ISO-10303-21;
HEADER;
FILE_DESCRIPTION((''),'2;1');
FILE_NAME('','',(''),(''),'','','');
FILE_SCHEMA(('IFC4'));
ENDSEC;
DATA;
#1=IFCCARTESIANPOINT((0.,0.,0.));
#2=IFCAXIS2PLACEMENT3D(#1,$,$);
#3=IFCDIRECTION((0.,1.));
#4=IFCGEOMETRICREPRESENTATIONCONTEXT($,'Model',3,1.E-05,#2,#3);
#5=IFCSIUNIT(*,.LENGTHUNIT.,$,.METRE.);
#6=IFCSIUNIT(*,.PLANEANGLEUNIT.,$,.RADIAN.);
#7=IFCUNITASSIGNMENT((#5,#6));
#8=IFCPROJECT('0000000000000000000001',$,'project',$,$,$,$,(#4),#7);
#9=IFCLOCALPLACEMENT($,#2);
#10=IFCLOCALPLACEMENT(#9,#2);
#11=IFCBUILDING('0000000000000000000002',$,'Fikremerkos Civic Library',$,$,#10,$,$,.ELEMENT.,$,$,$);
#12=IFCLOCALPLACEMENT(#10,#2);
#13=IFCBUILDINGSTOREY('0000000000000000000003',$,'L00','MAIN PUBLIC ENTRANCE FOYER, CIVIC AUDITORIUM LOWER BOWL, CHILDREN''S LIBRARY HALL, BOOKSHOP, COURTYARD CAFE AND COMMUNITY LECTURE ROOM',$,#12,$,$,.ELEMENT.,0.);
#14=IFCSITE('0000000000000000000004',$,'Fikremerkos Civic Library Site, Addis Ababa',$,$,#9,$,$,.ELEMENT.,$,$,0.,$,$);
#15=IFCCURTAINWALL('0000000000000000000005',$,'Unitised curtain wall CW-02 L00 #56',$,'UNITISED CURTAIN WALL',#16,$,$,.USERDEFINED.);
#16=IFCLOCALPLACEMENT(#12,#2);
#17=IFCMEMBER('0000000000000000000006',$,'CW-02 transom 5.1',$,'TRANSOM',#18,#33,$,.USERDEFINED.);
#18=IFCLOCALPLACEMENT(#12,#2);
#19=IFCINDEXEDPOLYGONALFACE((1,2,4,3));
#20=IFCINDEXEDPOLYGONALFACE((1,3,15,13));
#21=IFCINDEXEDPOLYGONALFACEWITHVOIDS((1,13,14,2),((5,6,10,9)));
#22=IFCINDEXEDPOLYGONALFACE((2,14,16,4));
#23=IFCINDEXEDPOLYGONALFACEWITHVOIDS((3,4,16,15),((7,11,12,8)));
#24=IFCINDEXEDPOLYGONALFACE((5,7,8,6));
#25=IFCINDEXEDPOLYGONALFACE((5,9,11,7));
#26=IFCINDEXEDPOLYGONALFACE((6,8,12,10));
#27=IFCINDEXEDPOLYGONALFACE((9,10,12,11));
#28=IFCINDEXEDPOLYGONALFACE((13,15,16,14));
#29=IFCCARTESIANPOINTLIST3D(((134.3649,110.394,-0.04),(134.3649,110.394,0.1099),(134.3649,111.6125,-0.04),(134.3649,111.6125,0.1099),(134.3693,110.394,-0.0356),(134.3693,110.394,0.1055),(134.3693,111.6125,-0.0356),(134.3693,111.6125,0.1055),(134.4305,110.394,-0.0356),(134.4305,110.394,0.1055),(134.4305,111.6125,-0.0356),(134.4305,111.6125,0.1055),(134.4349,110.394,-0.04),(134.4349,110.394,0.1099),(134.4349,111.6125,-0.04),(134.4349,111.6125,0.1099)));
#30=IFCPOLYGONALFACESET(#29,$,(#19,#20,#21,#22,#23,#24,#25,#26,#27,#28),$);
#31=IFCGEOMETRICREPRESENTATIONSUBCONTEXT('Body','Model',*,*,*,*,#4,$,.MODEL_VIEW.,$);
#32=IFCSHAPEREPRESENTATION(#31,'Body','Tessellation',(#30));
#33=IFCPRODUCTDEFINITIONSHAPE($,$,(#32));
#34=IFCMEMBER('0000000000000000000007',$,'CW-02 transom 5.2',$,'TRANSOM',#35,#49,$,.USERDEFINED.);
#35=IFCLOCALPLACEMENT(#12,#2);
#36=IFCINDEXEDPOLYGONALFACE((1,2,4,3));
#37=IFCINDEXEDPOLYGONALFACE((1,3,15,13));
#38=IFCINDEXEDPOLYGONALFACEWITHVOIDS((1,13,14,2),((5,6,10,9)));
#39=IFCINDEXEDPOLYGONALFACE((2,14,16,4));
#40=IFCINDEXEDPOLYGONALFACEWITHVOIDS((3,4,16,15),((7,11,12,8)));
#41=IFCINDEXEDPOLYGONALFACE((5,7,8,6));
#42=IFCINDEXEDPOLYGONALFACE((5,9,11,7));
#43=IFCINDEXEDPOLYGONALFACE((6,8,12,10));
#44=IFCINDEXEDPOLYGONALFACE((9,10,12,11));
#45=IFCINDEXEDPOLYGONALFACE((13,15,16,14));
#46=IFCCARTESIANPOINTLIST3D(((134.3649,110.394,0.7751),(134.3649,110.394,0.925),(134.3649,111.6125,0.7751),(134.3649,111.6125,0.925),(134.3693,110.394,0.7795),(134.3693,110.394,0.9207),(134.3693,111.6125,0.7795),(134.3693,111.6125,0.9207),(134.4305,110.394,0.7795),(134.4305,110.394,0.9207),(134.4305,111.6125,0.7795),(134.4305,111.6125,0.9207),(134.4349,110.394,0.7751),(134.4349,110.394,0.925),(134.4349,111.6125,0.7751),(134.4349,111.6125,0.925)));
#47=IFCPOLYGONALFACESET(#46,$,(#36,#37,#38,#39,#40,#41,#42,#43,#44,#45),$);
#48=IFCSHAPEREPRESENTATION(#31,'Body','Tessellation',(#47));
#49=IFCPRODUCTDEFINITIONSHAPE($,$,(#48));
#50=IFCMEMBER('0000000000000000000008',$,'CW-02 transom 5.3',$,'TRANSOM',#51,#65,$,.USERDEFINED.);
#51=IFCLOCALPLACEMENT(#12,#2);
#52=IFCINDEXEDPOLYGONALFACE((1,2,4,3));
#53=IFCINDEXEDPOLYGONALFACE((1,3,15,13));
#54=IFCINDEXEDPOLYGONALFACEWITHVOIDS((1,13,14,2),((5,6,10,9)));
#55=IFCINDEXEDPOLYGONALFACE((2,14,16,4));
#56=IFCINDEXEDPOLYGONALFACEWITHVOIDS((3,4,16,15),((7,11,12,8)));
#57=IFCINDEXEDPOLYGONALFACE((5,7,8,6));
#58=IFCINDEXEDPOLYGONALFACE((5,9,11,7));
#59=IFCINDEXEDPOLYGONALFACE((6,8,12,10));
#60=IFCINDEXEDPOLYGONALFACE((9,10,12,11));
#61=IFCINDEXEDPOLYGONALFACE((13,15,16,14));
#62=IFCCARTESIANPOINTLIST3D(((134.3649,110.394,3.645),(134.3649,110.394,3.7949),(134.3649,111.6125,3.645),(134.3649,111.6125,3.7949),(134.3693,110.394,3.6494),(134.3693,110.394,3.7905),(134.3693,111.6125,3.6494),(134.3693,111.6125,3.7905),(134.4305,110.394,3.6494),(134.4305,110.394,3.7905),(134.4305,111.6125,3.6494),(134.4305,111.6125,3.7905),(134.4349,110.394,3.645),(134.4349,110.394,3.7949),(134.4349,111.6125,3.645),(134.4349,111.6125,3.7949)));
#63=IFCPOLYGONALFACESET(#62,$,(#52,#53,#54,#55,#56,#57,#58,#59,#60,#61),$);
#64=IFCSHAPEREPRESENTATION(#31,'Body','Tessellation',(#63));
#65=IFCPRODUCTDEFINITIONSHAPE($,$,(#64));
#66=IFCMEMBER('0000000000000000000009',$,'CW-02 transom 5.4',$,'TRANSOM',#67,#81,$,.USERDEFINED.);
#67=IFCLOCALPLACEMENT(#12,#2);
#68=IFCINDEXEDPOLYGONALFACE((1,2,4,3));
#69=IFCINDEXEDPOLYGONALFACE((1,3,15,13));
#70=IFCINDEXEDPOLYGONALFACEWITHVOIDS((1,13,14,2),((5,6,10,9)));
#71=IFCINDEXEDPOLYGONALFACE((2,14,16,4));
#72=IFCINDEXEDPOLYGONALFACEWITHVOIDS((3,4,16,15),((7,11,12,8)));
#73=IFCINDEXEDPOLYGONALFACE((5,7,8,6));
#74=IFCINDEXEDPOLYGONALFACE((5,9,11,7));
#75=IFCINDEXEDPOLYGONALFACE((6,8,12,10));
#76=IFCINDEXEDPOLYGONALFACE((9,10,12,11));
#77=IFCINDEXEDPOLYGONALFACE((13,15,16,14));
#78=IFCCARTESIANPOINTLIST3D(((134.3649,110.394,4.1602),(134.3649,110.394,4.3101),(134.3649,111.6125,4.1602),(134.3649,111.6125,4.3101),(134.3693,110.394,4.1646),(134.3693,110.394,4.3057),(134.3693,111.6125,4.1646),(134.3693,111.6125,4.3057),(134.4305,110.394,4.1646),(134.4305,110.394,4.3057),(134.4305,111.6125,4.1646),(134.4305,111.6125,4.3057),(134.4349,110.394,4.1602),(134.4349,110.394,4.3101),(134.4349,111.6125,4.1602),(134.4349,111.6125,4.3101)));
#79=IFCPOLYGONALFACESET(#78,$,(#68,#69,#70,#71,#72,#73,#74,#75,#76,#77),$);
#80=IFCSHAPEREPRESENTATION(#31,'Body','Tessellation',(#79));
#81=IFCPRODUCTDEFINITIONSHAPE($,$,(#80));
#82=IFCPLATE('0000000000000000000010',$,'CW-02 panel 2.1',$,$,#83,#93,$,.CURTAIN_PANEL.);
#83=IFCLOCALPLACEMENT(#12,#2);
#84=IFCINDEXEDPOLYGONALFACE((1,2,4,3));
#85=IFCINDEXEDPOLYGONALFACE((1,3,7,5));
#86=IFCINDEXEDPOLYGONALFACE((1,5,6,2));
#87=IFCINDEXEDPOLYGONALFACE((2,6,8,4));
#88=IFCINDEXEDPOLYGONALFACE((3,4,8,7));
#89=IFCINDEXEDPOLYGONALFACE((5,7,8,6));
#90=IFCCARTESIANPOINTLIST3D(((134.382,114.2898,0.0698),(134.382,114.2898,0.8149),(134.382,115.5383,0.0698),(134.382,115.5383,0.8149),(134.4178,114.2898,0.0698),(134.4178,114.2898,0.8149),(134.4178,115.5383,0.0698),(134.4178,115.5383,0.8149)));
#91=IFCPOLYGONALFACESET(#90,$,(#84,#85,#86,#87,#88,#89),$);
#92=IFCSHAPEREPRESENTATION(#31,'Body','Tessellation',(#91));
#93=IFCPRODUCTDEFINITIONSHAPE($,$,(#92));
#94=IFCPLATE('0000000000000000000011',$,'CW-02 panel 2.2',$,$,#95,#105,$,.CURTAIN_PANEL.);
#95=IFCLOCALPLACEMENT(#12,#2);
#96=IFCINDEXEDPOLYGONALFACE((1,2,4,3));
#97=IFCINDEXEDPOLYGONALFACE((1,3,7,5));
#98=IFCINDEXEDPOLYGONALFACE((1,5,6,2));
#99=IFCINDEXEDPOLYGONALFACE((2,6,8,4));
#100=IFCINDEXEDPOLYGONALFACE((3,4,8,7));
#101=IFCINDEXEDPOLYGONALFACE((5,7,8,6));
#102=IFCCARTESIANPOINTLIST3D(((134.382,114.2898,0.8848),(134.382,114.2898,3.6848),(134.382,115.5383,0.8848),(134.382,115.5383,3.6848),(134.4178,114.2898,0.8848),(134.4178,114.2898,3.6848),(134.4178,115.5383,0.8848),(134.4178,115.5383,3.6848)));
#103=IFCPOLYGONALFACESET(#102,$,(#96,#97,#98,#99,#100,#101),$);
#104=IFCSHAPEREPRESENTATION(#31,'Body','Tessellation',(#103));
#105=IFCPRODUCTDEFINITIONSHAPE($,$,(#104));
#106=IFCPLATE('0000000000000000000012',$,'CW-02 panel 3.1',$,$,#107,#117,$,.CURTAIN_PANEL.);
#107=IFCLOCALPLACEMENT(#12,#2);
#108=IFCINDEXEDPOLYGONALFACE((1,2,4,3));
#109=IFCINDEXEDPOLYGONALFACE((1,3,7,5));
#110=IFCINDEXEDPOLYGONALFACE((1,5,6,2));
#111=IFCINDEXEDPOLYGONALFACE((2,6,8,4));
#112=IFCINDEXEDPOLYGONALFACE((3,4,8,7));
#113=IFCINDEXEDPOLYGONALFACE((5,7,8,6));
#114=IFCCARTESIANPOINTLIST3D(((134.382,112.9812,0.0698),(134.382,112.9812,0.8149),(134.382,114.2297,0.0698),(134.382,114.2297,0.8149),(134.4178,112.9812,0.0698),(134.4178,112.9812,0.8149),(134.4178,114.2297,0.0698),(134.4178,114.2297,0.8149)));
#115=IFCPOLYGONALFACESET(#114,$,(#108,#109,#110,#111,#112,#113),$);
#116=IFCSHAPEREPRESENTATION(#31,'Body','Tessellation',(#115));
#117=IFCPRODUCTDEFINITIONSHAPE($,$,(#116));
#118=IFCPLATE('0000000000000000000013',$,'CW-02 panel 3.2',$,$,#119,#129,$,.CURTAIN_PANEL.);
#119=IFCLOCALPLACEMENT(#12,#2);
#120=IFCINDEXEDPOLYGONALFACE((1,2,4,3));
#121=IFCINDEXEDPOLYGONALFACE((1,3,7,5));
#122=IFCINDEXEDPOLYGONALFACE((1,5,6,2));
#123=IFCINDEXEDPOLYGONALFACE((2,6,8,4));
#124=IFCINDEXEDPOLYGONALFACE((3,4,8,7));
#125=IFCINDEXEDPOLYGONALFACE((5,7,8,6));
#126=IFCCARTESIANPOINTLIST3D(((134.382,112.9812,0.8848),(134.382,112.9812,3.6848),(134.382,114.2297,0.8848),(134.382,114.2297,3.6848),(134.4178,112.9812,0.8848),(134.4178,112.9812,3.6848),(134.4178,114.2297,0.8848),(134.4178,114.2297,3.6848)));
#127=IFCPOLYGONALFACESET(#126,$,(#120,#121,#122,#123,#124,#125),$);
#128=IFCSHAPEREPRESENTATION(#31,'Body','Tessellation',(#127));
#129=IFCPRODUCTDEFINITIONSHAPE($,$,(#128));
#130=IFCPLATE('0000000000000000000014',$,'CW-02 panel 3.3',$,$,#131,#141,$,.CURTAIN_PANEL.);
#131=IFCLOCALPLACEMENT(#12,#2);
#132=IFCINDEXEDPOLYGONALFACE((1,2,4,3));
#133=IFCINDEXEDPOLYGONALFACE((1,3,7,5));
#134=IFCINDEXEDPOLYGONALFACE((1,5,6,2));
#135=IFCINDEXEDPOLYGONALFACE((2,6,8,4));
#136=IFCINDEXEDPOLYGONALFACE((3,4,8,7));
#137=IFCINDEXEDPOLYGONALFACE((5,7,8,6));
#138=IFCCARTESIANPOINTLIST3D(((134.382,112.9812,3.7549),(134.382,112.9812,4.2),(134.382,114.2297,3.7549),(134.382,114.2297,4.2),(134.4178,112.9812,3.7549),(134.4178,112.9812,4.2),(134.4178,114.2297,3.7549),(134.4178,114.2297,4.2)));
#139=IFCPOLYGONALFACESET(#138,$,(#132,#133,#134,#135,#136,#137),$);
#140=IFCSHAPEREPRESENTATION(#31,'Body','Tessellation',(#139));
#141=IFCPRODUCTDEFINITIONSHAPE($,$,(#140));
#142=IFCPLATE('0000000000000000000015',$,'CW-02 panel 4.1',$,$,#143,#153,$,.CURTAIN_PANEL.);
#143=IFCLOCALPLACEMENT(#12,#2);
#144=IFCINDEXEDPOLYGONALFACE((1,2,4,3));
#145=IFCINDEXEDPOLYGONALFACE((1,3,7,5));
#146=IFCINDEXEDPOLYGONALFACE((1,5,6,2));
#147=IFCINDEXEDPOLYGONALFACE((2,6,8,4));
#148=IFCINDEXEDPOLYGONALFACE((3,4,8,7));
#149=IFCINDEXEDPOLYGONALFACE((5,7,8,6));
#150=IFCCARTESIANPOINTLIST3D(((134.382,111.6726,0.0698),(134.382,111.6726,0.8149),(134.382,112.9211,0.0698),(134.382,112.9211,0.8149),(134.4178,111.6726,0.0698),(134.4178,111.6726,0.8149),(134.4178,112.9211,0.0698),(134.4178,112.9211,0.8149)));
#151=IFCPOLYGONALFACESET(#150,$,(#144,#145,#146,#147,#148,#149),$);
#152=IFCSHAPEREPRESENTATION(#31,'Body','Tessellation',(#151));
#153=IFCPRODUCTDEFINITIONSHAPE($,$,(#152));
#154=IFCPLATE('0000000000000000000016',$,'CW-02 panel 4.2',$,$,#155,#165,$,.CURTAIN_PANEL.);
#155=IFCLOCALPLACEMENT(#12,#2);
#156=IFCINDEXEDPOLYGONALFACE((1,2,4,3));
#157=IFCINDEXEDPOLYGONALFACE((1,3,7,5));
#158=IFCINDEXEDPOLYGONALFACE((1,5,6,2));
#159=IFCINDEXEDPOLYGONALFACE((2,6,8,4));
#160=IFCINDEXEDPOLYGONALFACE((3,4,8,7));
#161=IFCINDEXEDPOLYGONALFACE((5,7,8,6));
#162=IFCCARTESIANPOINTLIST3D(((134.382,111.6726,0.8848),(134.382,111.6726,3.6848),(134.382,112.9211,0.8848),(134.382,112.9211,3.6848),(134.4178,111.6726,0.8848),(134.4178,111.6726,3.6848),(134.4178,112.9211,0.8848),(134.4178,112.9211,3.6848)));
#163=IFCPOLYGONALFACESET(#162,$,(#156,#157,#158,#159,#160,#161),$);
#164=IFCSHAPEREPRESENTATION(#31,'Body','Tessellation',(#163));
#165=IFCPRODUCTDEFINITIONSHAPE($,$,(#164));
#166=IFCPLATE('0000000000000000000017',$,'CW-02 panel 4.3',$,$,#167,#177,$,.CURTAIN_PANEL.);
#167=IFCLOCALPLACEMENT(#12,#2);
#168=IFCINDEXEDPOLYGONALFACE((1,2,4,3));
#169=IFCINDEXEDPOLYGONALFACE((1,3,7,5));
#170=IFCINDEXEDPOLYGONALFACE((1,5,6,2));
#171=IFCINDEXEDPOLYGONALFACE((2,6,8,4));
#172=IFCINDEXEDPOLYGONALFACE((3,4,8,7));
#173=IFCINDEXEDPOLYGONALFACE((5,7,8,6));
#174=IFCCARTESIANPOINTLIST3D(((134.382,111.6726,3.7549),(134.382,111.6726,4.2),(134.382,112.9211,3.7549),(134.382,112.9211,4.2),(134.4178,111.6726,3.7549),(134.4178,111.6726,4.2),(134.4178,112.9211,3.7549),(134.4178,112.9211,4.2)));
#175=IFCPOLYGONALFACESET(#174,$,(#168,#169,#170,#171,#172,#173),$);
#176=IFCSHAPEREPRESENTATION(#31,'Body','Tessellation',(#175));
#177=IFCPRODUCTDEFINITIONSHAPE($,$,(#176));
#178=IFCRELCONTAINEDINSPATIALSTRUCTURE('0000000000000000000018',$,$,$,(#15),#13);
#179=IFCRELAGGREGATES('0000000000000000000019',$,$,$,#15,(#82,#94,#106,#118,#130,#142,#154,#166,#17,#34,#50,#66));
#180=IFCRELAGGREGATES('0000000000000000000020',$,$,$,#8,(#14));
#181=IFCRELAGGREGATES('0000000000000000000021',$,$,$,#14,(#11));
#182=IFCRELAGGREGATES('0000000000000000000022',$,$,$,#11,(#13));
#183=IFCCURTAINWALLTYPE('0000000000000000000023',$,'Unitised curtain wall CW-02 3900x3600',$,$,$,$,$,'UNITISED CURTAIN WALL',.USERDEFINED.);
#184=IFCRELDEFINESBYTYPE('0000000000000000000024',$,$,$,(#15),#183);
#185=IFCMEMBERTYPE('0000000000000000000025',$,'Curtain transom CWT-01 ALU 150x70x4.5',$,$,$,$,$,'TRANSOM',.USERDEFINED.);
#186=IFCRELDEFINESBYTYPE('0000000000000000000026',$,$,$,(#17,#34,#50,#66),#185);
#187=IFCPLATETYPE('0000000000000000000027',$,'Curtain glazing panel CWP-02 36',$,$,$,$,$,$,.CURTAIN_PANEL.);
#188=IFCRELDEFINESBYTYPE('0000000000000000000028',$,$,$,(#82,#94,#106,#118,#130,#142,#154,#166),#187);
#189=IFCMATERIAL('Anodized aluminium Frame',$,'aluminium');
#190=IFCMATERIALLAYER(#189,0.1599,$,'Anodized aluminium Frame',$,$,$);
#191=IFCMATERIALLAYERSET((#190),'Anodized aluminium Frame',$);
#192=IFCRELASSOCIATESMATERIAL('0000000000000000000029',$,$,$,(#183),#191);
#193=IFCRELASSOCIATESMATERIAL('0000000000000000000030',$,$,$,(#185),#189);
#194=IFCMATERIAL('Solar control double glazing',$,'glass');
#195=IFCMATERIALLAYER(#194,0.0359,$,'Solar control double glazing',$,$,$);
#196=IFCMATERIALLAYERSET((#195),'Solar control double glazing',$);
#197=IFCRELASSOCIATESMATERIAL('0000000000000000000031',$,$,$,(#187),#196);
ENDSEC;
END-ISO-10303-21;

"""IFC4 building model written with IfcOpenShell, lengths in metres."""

from ifc_helpers import new_model, si_unit, direction, frame, origin, origin_2d, place, context, subcontext, project, spatial, rectangle, hollow_rectangle, extrude, material, layer, layer_set, material_profile, profile_set, type_object, element, aggregate, save


model = new_model("IFC4")

# Units and contexts
model_context = context("Model", 3, precision=1e-05, world=origin(), true_north=direction((0.0, 1.0)))
body_context = subcontext(model_context, "Body", "Model", "MODEL_VIEW")
ifc_project = project(units=[si_unit("LENGTHUNIT", "METRE"), si_unit("PLANEANGLEUNIT", "RADIAN")], contexts=[model_context])

# Site, building, storey
site_placement = place(None, origin())
site = spatial("IfcSite", under=ifc_project, at=site_placement, Name="Fikremerkos Civic Library Site, Addis Ababa", CompositionType="ELEMENT", RefElevation=0.0)
building_placement = place(site_placement, origin())
building = spatial("IfcBuilding", under=site, at=building_placement, Name="Fikremerkos Civic Library", CompositionType="ELEMENT")
storey_placement = place(building_placement, origin())
storey = spatial("IfcBuildingStorey", under=building, at=storey_placement, Name="L00", Description="MAIN PUBLIC ENTRANCE FOYER, CIVIC AUDITORIUM LOWER BOWL, CHILDREN'S LIBRARY HALL, BOOKSHOP, COURTYARD CAFE AND COMMUNITY LECTURE ROOM", CompositionType="ELEMENT", Elevation=0.0)

# Curtain wall, members, plates
ifc_material_1 = material(Name="Anodized aluminium Frame", Category="aluminium")
ifc_layer_1 = layer(ifc_material_1, 0.1599, Name="Anodized aluminium Frame")
ifc_layer_set_1 = layer_set([ifc_layer_1], Name="Anodized aluminium Frame")
curtain_wall_type = type_object("IfcCurtainWallType", Name="Unitised curtain wall CW-02 3900x3600", ElementType="UNITISED CURTAIN WALL", PredefinedType="USERDEFINED", material=ifc_layer_set_1)
curtain_wall_placement = place(storey_placement, origin())
curtain_wall = element("IfcCurtainWall", 1, at=curtain_wall_placement, inside=storey, type_object=curtain_wall_type, Name="Unitised curtain wall CW-02 L00 #56", ObjectType="UNITISED CURTAIN WALL", PredefinedType="USERDEFINED")
ifc_material_profile_1 = material_profile(ifc_material_1, hollow_rectangle(XDim=0.0701, YDim=0.1499, WallThickness=0.0044, at=origin_2d()), Name="ALU 150x70x4.5")
ifc_profile_set_1 = profile_set([ifc_material_profile_1], Name="Anodized aluminium Frame")
member_type_1 = type_object("IfcMemberType", Name="Curtain transom CWT-01 ALU 150x70x4.5", ElementType="TRANSOM", PredefinedType="USERDEFINED", material=ifc_profile_set_1)
member_1_placement = place(storey_placement, frame((134.3999, 111.6125, 0.0349), z_axis=(0.0, -1.0, 0.0), x_axis=(1.0, 0.0, 0.0)))
member_1 = element("IfcMember", 2, at=member_1_placement, type_object=member_type_1, Name="CW-02 transom 5.1", ObjectType="TRANSOM", PredefinedType="USERDEFINED", context=body_context, shape_type="SweptSolid", body=[
    extrude(hollow_rectangle(XDim=0.0701, YDim=0.1499, WallThickness=0.0044, at=origin_2d()), origin(), (0.0, 0.0, 1.0), 1.2185),
])
member_2_placement = place(storey_placement, frame((134.3999, 111.6125, 0.8501), z_axis=(0.0, -1.0, 0.0), x_axis=(1.0, 0.0, 0.0)))
member_2 = element("IfcMember", 3, at=member_2_placement, type_object=member_type_1, Name="CW-02 transom 5.2", ObjectType="TRANSOM", PredefinedType="USERDEFINED", context=body_context, shape_type="SweptSolid", body=[
    extrude(hollow_rectangle(XDim=0.0701, YDim=0.1499, WallThickness=0.0044, at=origin_2d()), origin(), (0.0, 0.0, 1.0), 1.2185),
])
member_3_placement = place(storey_placement, frame((134.3999, 111.6125, 3.72), z_axis=(0.0, -1.0, 0.0), x_axis=(1.0, 0.0, 0.0)))
member_3 = element("IfcMember", 4, at=member_3_placement, type_object=member_type_1, Name="CW-02 transom 5.3", ObjectType="TRANSOM", PredefinedType="USERDEFINED", context=body_context, shape_type="SweptSolid", body=[
    extrude(hollow_rectangle(XDim=0.0701, YDim=0.1499, WallThickness=0.0044, at=origin_2d()), origin(), (0.0, 0.0, 1.0), 1.2185),
])
member_4_placement = place(storey_placement, frame((134.3999, 111.6125, 4.2351), z_axis=(0.0, -1.0, 0.0), x_axis=(1.0, 0.0, 0.0)))
member_4 = element("IfcMember", 5, at=member_4_placement, type_object=member_type_1, Name="CW-02 transom 5.4", ObjectType="TRANSOM", PredefinedType="USERDEFINED", context=body_context, shape_type="SweptSolid", body=[
    extrude(hollow_rectangle(XDim=0.0701, YDim=0.1499, WallThickness=0.0044, at=origin_2d()), origin(), (0.0, 0.0, 1.0), 1.2185),
])
ifc_material_2 = material(Name="Solar control double glazing", Category="glass")
ifc_layer_2 = layer(ifc_material_2, 0.0359, Name="Solar control double glazing")
ifc_layer_set_2 = layer_set([ifc_layer_2], Name="Solar control double glazing")
plate_type = type_object("IfcPlateType", Name="Curtain glazing panel CWP-02 36", PredefinedType="CURTAIN_PANEL", material=ifc_layer_set_2)
plate_1_placement = place(storey_placement, frame((134.3999, 114.9141, 0.0698), z_axis=(0.0, 0.0, 1.0), x_axis=(0.0, -1.0, 0.0)))
plate_1 = element("IfcPlate", 6, at=plate_1_placement, type_object=plate_type, Name="CW-02 panel 2.1", PredefinedType="CURTAIN_PANEL", context=body_context, shape_type="SweptSolid", body=[
    extrude(rectangle(XDim=1.2485, YDim=0.0359, at=origin_2d()), origin(), (0.0, 0.0, 1.0), 0.7451),
])
plate_2_placement = place(storey_placement, frame((134.3999, 114.9141, 0.8848), z_axis=(0.0, 0.0, 1.0), x_axis=(0.0, -1.0, 0.0)))
plate_2 = element("IfcPlate", 7, at=plate_2_placement, type_object=plate_type, Name="CW-02 panel 2.2", PredefinedType="CURTAIN_PANEL", context=body_context, shape_type="SweptSolid", body=[
    extrude(rectangle(XDim=1.2485, YDim=0.0359, at=origin_2d()), origin(), (0.0, 0.0, 1.0), 2.8),
])
plate_3_placement = place(storey_placement, frame((134.3999, 113.6055, 0.0698), z_axis=(0.0, 0.0, 1.0), x_axis=(0.0, -1.0, 0.0)))
plate_3 = element("IfcPlate", 8, at=plate_3_placement, type_object=plate_type, Name="CW-02 panel 3.1", PredefinedType="CURTAIN_PANEL", context=body_context, shape_type="SweptSolid", body=[
    extrude(rectangle(XDim=1.2485, YDim=0.0359, at=origin_2d()), origin(), (0.0, 0.0, 1.0), 0.7451),
])
plate_4_placement = place(storey_placement, frame((134.3999, 113.6055, 0.8848), z_axis=(0.0, 0.0, 1.0), x_axis=(0.0, -1.0, 0.0)))
plate_4 = element("IfcPlate", 9, at=plate_4_placement, type_object=plate_type, Name="CW-02 panel 3.2", PredefinedType="CURTAIN_PANEL", context=body_context, shape_type="SweptSolid", body=[
    extrude(rectangle(XDim=1.2485, YDim=0.0359, at=origin_2d()), origin(), (0.0, 0.0, 1.0), 2.8),
])
plate_5_placement = place(storey_placement, frame((134.3999, 113.6055, 3.7549), z_axis=(0.0, 0.0, 1.0), x_axis=(0.0, -1.0, 0.0)))
plate_5 = element("IfcPlate", 10, at=plate_5_placement, type_object=plate_type, Name="CW-02 panel 3.3", PredefinedType="CURTAIN_PANEL", context=body_context, shape_type="SweptSolid", body=[
    extrude(rectangle(XDim=1.2485, YDim=0.0359, at=origin_2d()), origin(), (0.0, 0.0, 1.0), 0.4451),
])
plate_6_placement = place(storey_placement, frame((134.3999, 112.2969, 0.0698), z_axis=(0.0, 0.0, 1.0), x_axis=(0.0, -1.0, 0.0)))
plate_6 = element("IfcPlate", 11, at=plate_6_placement, type_object=plate_type, Name="CW-02 panel 4.1", PredefinedType="CURTAIN_PANEL", context=body_context, shape_type="SweptSolid", body=[
    extrude(rectangle(XDim=1.2485, YDim=0.0359, at=origin_2d()), origin(), (0.0, 0.0, 1.0), 0.7451),
])
plate_7_placement = place(storey_placement, frame((134.3999, 112.2969, 0.8848), z_axis=(0.0, 0.0, 1.0), x_axis=(0.0, -1.0, 0.0)))
plate_7 = element("IfcPlate", 12, at=plate_7_placement, type_object=plate_type, Name="CW-02 panel 4.2", PredefinedType="CURTAIN_PANEL", context=body_context, shape_type="SweptSolid", body=[
    extrude(rectangle(XDim=1.2485, YDim=0.0359, at=origin_2d()), origin(), (0.0, 0.0, 1.0), 2.8),
])
plate_8_placement = place(storey_placement, frame((134.3999, 112.2969, 3.7549), z_axis=(0.0, 0.0, 1.0), x_axis=(0.0, -1.0, 0.0)))
plate_8 = element("IfcPlate", 13, at=plate_8_placement, type_object=plate_type, Name="CW-02 panel 4.3", PredefinedType="CURTAIN_PANEL", context=body_context, shape_type="SweptSolid", body=[
    extrude(rectangle(XDim=1.2485, YDim=0.0359, at=origin_2d()), origin(), (0.0, 0.0, 1.0), 0.4451),
])
aggregate(curtain_wall, [plate_1, plate_2, plate_3, plate_4, plate_5, plate_6, plate_7, plate_8, member_1, member_2, member_3, member_4])

save(model, "model.ifc")
